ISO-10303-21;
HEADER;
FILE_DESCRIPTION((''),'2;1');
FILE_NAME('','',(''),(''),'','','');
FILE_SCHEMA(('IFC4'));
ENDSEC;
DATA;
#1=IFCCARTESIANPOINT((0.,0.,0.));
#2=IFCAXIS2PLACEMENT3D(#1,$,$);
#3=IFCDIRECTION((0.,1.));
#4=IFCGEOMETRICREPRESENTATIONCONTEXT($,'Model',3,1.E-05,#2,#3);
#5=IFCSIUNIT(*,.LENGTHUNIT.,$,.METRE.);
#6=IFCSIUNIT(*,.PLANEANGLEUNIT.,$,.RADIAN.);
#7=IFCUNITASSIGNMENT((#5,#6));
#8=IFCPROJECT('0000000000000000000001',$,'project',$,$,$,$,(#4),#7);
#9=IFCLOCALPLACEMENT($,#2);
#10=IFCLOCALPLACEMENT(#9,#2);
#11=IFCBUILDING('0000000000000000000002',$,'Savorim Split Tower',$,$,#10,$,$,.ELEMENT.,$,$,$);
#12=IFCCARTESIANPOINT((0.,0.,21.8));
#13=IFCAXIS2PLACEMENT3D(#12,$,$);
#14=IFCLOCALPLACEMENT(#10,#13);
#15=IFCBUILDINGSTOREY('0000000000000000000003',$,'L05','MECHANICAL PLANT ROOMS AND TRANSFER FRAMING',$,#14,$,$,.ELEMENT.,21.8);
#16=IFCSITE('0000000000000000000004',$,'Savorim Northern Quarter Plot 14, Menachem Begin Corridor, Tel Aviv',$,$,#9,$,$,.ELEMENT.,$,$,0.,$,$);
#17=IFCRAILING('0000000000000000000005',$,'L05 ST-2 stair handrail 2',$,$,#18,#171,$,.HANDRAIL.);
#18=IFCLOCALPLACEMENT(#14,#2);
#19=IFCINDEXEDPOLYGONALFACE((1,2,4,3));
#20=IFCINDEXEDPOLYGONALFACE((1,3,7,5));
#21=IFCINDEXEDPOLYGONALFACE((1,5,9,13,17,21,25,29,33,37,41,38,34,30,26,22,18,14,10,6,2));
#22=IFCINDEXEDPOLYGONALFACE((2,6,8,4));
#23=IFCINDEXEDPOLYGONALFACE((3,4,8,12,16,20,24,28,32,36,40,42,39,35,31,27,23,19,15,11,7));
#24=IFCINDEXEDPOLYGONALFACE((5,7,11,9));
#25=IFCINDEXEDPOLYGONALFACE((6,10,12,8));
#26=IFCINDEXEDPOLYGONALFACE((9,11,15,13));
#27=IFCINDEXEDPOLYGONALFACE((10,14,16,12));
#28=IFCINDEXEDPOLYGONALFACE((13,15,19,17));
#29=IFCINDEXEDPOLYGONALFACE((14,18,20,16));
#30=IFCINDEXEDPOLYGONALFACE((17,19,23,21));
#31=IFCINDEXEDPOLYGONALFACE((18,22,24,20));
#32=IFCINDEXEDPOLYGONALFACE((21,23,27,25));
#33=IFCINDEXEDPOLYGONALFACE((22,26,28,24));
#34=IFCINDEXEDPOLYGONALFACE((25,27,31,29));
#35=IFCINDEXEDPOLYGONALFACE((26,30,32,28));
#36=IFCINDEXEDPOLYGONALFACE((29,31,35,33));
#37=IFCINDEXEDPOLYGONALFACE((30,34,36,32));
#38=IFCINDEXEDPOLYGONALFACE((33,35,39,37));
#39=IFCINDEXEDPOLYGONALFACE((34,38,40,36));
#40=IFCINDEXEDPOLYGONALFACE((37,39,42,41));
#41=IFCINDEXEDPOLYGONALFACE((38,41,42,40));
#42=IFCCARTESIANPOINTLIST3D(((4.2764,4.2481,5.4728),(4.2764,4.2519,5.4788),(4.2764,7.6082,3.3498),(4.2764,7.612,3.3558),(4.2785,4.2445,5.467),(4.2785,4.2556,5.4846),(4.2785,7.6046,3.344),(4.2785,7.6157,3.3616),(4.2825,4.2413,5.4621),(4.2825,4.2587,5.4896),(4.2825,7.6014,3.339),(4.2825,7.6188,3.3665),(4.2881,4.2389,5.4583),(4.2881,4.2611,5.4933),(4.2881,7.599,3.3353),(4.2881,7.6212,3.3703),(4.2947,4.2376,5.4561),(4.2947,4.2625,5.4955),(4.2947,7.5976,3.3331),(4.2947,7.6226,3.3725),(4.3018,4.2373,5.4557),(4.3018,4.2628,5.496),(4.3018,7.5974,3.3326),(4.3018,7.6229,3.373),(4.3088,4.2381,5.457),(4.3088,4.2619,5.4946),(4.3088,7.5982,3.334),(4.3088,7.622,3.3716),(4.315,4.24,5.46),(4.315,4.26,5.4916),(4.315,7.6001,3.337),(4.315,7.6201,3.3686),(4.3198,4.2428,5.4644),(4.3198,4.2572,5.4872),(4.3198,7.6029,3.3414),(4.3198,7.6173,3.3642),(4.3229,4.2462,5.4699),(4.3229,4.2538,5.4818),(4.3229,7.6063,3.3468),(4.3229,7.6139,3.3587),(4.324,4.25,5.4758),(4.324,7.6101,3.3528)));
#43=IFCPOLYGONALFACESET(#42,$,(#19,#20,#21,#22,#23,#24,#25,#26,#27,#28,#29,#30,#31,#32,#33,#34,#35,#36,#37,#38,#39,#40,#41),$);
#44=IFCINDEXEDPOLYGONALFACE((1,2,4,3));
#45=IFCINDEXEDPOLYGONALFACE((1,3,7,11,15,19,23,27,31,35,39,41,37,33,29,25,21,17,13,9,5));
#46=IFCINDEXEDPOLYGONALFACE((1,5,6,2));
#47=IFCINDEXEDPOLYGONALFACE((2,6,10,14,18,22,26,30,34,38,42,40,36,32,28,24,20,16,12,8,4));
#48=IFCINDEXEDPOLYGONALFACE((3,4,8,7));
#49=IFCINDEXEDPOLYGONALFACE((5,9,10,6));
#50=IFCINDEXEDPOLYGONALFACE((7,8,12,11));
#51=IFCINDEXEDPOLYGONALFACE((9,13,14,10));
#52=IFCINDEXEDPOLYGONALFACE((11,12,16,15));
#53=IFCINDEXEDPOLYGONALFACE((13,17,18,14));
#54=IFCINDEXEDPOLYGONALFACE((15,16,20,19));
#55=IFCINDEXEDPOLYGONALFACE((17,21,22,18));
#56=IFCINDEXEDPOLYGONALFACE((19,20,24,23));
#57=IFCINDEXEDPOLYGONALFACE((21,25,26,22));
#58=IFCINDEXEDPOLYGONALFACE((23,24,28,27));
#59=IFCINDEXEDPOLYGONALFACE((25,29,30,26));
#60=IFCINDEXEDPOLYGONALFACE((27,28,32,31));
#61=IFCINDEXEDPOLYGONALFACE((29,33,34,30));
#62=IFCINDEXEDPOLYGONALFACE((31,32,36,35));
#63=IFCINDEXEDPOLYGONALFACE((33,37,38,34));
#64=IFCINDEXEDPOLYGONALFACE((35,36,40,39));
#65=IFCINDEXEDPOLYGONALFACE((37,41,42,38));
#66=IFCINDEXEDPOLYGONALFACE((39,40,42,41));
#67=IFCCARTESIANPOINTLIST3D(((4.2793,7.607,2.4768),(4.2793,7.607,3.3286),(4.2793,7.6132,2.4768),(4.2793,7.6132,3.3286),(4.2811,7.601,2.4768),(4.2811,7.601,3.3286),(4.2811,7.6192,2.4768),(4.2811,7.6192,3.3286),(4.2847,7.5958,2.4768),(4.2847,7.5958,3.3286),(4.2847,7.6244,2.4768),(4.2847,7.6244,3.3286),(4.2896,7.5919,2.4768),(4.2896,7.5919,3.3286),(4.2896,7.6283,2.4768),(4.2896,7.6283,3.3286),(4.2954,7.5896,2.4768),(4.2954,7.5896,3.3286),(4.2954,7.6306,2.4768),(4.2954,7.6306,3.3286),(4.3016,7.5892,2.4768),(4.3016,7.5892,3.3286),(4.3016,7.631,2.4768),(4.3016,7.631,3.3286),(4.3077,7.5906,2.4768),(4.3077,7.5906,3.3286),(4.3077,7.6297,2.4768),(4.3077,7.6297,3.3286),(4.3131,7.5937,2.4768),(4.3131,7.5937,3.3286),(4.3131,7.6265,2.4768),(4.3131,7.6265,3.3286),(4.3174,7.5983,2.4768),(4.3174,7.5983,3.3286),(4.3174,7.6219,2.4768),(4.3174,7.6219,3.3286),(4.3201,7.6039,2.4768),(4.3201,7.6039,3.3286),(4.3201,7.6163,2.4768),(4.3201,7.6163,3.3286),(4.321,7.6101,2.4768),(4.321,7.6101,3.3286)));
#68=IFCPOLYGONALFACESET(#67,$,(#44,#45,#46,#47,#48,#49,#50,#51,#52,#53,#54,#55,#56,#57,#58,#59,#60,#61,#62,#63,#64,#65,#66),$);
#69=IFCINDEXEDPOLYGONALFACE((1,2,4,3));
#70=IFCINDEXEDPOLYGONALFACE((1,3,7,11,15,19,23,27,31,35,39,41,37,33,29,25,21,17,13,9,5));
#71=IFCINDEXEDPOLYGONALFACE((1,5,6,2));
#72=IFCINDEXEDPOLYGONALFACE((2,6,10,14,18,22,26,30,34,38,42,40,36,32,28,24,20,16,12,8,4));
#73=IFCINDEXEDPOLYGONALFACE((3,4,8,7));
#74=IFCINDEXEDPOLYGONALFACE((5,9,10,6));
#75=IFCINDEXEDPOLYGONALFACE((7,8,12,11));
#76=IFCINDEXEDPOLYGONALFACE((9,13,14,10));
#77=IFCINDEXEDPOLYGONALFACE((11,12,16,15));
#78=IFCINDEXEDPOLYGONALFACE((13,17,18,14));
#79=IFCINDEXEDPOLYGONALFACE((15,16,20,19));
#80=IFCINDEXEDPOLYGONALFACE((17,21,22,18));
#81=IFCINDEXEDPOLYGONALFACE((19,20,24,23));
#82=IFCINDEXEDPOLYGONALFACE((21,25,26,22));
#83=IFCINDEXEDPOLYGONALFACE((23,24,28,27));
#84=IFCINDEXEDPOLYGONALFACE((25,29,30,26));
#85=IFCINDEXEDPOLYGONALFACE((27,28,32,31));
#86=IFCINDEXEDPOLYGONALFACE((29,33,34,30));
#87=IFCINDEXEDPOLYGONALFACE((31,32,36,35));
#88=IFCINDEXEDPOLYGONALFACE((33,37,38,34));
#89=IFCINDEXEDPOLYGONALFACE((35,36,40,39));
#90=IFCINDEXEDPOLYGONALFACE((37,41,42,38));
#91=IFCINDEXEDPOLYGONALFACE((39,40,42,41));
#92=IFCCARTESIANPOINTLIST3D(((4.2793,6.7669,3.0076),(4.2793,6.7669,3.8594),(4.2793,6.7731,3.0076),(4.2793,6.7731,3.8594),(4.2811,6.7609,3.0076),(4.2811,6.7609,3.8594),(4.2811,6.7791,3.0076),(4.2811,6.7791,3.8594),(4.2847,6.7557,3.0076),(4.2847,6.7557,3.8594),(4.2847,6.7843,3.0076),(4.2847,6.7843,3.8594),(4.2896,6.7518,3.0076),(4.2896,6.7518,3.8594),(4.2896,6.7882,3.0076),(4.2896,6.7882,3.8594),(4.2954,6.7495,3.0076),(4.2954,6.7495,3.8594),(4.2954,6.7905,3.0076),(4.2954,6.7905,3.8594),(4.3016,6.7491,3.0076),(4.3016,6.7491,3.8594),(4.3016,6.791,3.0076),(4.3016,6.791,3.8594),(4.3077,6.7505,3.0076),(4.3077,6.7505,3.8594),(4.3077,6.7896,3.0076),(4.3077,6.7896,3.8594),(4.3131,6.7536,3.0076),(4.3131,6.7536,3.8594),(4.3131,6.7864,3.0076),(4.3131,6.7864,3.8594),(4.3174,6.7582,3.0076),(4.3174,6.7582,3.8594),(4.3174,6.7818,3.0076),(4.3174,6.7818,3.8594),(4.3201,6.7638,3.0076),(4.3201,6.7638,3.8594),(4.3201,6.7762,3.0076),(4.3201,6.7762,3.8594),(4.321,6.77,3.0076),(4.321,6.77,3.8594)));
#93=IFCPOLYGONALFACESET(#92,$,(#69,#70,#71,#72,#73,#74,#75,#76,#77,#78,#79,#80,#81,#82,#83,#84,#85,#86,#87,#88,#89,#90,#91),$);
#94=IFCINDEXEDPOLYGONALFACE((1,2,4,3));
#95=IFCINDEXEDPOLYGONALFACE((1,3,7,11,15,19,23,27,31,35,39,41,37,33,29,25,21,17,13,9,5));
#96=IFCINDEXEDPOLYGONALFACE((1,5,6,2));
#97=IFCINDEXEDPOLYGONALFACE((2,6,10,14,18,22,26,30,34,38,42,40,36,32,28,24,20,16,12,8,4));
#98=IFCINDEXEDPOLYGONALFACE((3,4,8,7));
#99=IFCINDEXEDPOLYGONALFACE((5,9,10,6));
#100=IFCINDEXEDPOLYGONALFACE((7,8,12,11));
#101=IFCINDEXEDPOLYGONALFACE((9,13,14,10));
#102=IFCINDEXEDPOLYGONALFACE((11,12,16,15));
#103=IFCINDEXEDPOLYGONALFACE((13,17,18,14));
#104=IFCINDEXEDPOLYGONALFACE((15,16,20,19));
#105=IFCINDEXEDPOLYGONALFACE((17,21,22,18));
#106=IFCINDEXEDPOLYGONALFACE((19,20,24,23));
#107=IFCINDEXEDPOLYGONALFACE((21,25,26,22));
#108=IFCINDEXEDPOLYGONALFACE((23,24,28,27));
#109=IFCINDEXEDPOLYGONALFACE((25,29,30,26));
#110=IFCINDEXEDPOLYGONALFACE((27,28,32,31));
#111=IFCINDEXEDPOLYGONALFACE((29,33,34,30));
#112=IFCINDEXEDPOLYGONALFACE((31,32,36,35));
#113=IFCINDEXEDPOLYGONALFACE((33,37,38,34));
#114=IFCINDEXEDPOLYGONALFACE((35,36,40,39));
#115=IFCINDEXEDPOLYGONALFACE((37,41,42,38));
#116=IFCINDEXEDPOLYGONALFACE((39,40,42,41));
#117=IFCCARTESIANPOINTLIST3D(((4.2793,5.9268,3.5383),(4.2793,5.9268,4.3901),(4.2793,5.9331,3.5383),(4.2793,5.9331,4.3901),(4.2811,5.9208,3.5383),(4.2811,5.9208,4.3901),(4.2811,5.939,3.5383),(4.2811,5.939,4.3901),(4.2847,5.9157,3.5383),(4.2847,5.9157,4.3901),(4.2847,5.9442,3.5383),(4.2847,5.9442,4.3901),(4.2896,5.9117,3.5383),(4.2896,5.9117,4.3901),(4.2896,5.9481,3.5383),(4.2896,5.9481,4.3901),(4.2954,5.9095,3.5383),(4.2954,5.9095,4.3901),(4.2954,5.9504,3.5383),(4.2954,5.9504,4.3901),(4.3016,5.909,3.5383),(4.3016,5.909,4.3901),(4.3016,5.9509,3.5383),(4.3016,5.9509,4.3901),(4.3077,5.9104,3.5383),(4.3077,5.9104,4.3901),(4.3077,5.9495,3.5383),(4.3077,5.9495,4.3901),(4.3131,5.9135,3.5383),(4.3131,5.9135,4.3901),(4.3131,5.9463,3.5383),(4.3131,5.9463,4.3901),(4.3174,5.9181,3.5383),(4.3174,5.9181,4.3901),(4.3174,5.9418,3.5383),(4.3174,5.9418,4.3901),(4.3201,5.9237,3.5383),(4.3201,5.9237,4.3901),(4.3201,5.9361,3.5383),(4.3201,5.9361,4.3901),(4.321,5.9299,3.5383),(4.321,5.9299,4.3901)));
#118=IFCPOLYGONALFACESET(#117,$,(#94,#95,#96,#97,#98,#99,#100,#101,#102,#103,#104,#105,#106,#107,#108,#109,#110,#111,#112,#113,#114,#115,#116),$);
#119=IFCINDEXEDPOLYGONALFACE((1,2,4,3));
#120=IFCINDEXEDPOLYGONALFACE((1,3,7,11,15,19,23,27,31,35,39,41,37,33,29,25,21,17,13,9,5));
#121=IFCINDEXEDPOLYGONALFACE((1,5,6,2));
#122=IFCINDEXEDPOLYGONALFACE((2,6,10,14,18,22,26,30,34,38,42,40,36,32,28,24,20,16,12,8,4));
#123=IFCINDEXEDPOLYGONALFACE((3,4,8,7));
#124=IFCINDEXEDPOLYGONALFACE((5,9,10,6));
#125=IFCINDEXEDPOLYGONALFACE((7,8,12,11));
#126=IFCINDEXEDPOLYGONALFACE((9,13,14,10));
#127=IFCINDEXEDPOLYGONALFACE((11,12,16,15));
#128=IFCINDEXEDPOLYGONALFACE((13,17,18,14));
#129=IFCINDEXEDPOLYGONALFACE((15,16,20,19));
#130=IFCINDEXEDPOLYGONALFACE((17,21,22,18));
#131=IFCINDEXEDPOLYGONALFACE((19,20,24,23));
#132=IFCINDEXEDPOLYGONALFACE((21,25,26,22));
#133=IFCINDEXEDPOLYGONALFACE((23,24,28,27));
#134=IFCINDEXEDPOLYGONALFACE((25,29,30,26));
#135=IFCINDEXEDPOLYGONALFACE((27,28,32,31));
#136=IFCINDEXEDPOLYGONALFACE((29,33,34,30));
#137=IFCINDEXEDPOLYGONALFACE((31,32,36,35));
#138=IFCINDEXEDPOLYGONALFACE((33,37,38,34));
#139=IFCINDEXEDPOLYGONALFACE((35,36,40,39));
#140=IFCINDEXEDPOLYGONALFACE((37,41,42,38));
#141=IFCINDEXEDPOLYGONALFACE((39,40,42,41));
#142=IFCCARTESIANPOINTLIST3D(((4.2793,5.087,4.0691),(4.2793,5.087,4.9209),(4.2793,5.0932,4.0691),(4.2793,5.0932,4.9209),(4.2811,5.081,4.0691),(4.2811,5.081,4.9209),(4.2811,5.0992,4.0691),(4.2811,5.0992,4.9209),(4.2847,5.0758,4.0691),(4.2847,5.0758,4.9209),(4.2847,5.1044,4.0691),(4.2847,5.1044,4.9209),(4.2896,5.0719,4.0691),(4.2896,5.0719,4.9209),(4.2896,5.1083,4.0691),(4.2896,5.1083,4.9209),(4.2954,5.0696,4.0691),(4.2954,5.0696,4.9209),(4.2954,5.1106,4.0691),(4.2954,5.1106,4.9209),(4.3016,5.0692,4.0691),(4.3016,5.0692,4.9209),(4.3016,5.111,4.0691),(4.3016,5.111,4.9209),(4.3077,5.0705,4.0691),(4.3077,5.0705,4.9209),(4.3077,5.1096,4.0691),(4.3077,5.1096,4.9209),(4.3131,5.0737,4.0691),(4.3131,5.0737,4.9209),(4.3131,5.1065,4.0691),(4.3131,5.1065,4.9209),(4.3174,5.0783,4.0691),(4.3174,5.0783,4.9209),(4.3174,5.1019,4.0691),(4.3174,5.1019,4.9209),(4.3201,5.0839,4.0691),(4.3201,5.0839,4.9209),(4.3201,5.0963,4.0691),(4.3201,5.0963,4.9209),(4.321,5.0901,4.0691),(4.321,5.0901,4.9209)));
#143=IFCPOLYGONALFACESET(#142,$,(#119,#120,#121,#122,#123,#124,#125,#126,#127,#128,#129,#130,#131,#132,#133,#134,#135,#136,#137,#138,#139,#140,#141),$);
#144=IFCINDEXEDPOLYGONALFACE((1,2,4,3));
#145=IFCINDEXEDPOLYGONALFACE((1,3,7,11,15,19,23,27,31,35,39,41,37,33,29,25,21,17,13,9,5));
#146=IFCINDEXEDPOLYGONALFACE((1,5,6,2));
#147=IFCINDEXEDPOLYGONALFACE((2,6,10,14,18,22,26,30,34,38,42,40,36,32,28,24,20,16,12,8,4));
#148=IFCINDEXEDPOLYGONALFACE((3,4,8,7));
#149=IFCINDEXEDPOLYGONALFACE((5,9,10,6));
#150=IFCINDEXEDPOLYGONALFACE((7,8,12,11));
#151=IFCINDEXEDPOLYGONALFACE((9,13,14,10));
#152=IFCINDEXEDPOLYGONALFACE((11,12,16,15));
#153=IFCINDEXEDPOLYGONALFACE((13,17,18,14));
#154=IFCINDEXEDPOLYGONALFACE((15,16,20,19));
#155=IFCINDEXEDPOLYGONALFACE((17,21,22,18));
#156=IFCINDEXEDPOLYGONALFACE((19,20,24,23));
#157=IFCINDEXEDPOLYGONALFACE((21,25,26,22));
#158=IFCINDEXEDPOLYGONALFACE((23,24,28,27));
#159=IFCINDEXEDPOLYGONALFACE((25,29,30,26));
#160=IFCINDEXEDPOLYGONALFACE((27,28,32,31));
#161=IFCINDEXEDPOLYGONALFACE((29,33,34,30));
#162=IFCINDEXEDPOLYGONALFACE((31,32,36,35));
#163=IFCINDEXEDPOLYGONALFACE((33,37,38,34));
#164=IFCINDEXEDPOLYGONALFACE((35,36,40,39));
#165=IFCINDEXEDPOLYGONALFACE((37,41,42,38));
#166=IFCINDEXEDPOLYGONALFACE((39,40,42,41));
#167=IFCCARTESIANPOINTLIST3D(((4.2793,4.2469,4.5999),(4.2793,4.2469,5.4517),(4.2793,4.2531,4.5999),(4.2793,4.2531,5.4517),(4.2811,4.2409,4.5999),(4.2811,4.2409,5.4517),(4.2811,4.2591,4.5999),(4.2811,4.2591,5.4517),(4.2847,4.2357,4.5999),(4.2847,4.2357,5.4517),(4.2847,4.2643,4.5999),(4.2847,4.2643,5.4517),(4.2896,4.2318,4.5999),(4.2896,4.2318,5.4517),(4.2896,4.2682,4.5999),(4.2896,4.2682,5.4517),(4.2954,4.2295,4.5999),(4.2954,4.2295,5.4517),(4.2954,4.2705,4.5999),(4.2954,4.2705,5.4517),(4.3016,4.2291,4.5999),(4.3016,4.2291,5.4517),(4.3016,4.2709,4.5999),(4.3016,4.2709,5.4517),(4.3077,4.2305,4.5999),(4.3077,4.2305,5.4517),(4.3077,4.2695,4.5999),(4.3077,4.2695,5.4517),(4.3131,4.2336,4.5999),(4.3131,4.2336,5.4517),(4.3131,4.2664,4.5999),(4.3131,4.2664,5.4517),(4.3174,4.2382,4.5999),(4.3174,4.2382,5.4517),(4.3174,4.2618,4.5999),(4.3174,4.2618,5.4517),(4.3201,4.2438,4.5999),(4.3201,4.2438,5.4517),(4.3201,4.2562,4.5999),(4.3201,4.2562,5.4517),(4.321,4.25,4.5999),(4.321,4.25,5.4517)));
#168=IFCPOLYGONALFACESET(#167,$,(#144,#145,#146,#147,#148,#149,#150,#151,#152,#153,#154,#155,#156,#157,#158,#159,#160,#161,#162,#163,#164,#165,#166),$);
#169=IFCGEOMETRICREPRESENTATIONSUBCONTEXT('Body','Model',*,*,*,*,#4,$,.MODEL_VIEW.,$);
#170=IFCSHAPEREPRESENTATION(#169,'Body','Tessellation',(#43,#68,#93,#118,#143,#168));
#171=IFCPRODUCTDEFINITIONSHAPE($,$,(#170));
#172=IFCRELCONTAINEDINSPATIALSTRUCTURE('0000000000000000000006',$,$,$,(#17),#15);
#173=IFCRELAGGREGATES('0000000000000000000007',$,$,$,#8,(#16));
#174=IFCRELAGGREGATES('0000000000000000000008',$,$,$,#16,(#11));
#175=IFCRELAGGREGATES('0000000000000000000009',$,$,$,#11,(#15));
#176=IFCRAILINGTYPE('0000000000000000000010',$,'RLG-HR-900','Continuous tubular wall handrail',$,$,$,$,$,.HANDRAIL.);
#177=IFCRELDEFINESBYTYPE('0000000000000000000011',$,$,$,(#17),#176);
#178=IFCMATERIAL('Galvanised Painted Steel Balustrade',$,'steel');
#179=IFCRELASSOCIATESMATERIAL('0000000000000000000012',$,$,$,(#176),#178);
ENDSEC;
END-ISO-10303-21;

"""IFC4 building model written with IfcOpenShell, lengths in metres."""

from ifc_helpers import new_model, si_unit, direction, frame, origin, origin_2d, place, context, subcontext, project, spatial, circle, extrude, material, type_object, element, save


model = new_model("IFC4")

# Units and contexts
model_context = context("Model", 3, precision=1e-05, world=origin(), true_north=direction((0.0, 1.0)))
body_context = subcontext(model_context, "Body", "Model", "MODEL_VIEW")
ifc_project = project(units=[si_unit("LENGTHUNIT", "METRE"), si_unit("PLANEANGLEUNIT", "RADIAN")], contexts=[model_context])

# Site, building, storey
site_placement = place(None, origin())
site = spatial("IfcSite", under=ifc_project, at=site_placement, Name="Savorim Northern Quarter Plot 14, Menachem Begin Corridor, Tel Aviv", CompositionType="ELEMENT", RefElevation=0.0)
building_placement = place(site_placement, origin())
building = spatial("IfcBuilding", under=site, at=building_placement, Name="Savorim Split Tower", CompositionType="ELEMENT")
storey_placement = place(building_placement, frame((0.0, 0.0, 21.8)))
storey = spatial("IfcBuildingStorey", under=building, at=storey_placement, Name="L05", Description="MECHANICAL PLANT ROOMS AND TRANSFER FRAMING", CompositionType="ELEMENT", Elevation=21.8)

# Railing
ifc_material_1 = material(Name="Galvanised Painted Steel Balustrade", Category="steel")
railing_type_1 = type_object("IfcRailingType", Name="RLG-HR-900", Description="Continuous tubular wall handrail", PredefinedType="HANDRAIL", material=ifc_material_1)
railing_1_placement = place(storey_placement, frame((4.3, 7.6101, 2.4768)))
element("IfcRailing", 1, at=railing_1_placement, inside=storey, type_object=railing_type_1, Name="L05 ST-2 stair handrail 2", PredefinedType="HANDRAIL", context=body_context, shape_type="SweptSolid", body=[
    extrude(circle(Radius=0.0239, at=origin_2d()), frame((0.0, 0.0, 0.876), z_axis=(0.0, -0.84539, 0.53415), x_axis=(1.0, 0.0, 0.0)), (0.0, 0.0, 1.0), 3.9746),
    extrude(circle(Radius=0.021, at=origin_2d()), origin(), (0.0, 0.0, 1.0), 0.8518),
    extrude(circle(Radius=0.021, at=origin_2d()), frame((0.0, -0.8401, 0.5308)), (0.0, 0.0, 1.0), 0.8518),
    extrude(circle(Radius=0.021, at=origin_2d()), frame((0.0, -1.6802, 1.0615)), (0.0, 0.0, 1.0), 0.8518),
    extrude(circle(Radius=0.021, at=origin_2d()), frame((0.0, -2.52, 1.5923)), (0.0, 0.0, 1.0), 0.8518),
    extrude(circle(Radius=0.021, at=origin_2d()), frame((0.0, -3.3601, 2.123)), (0.0, 0.0, 1.0), 0.8518),
])

save(model, "model.ifc")
